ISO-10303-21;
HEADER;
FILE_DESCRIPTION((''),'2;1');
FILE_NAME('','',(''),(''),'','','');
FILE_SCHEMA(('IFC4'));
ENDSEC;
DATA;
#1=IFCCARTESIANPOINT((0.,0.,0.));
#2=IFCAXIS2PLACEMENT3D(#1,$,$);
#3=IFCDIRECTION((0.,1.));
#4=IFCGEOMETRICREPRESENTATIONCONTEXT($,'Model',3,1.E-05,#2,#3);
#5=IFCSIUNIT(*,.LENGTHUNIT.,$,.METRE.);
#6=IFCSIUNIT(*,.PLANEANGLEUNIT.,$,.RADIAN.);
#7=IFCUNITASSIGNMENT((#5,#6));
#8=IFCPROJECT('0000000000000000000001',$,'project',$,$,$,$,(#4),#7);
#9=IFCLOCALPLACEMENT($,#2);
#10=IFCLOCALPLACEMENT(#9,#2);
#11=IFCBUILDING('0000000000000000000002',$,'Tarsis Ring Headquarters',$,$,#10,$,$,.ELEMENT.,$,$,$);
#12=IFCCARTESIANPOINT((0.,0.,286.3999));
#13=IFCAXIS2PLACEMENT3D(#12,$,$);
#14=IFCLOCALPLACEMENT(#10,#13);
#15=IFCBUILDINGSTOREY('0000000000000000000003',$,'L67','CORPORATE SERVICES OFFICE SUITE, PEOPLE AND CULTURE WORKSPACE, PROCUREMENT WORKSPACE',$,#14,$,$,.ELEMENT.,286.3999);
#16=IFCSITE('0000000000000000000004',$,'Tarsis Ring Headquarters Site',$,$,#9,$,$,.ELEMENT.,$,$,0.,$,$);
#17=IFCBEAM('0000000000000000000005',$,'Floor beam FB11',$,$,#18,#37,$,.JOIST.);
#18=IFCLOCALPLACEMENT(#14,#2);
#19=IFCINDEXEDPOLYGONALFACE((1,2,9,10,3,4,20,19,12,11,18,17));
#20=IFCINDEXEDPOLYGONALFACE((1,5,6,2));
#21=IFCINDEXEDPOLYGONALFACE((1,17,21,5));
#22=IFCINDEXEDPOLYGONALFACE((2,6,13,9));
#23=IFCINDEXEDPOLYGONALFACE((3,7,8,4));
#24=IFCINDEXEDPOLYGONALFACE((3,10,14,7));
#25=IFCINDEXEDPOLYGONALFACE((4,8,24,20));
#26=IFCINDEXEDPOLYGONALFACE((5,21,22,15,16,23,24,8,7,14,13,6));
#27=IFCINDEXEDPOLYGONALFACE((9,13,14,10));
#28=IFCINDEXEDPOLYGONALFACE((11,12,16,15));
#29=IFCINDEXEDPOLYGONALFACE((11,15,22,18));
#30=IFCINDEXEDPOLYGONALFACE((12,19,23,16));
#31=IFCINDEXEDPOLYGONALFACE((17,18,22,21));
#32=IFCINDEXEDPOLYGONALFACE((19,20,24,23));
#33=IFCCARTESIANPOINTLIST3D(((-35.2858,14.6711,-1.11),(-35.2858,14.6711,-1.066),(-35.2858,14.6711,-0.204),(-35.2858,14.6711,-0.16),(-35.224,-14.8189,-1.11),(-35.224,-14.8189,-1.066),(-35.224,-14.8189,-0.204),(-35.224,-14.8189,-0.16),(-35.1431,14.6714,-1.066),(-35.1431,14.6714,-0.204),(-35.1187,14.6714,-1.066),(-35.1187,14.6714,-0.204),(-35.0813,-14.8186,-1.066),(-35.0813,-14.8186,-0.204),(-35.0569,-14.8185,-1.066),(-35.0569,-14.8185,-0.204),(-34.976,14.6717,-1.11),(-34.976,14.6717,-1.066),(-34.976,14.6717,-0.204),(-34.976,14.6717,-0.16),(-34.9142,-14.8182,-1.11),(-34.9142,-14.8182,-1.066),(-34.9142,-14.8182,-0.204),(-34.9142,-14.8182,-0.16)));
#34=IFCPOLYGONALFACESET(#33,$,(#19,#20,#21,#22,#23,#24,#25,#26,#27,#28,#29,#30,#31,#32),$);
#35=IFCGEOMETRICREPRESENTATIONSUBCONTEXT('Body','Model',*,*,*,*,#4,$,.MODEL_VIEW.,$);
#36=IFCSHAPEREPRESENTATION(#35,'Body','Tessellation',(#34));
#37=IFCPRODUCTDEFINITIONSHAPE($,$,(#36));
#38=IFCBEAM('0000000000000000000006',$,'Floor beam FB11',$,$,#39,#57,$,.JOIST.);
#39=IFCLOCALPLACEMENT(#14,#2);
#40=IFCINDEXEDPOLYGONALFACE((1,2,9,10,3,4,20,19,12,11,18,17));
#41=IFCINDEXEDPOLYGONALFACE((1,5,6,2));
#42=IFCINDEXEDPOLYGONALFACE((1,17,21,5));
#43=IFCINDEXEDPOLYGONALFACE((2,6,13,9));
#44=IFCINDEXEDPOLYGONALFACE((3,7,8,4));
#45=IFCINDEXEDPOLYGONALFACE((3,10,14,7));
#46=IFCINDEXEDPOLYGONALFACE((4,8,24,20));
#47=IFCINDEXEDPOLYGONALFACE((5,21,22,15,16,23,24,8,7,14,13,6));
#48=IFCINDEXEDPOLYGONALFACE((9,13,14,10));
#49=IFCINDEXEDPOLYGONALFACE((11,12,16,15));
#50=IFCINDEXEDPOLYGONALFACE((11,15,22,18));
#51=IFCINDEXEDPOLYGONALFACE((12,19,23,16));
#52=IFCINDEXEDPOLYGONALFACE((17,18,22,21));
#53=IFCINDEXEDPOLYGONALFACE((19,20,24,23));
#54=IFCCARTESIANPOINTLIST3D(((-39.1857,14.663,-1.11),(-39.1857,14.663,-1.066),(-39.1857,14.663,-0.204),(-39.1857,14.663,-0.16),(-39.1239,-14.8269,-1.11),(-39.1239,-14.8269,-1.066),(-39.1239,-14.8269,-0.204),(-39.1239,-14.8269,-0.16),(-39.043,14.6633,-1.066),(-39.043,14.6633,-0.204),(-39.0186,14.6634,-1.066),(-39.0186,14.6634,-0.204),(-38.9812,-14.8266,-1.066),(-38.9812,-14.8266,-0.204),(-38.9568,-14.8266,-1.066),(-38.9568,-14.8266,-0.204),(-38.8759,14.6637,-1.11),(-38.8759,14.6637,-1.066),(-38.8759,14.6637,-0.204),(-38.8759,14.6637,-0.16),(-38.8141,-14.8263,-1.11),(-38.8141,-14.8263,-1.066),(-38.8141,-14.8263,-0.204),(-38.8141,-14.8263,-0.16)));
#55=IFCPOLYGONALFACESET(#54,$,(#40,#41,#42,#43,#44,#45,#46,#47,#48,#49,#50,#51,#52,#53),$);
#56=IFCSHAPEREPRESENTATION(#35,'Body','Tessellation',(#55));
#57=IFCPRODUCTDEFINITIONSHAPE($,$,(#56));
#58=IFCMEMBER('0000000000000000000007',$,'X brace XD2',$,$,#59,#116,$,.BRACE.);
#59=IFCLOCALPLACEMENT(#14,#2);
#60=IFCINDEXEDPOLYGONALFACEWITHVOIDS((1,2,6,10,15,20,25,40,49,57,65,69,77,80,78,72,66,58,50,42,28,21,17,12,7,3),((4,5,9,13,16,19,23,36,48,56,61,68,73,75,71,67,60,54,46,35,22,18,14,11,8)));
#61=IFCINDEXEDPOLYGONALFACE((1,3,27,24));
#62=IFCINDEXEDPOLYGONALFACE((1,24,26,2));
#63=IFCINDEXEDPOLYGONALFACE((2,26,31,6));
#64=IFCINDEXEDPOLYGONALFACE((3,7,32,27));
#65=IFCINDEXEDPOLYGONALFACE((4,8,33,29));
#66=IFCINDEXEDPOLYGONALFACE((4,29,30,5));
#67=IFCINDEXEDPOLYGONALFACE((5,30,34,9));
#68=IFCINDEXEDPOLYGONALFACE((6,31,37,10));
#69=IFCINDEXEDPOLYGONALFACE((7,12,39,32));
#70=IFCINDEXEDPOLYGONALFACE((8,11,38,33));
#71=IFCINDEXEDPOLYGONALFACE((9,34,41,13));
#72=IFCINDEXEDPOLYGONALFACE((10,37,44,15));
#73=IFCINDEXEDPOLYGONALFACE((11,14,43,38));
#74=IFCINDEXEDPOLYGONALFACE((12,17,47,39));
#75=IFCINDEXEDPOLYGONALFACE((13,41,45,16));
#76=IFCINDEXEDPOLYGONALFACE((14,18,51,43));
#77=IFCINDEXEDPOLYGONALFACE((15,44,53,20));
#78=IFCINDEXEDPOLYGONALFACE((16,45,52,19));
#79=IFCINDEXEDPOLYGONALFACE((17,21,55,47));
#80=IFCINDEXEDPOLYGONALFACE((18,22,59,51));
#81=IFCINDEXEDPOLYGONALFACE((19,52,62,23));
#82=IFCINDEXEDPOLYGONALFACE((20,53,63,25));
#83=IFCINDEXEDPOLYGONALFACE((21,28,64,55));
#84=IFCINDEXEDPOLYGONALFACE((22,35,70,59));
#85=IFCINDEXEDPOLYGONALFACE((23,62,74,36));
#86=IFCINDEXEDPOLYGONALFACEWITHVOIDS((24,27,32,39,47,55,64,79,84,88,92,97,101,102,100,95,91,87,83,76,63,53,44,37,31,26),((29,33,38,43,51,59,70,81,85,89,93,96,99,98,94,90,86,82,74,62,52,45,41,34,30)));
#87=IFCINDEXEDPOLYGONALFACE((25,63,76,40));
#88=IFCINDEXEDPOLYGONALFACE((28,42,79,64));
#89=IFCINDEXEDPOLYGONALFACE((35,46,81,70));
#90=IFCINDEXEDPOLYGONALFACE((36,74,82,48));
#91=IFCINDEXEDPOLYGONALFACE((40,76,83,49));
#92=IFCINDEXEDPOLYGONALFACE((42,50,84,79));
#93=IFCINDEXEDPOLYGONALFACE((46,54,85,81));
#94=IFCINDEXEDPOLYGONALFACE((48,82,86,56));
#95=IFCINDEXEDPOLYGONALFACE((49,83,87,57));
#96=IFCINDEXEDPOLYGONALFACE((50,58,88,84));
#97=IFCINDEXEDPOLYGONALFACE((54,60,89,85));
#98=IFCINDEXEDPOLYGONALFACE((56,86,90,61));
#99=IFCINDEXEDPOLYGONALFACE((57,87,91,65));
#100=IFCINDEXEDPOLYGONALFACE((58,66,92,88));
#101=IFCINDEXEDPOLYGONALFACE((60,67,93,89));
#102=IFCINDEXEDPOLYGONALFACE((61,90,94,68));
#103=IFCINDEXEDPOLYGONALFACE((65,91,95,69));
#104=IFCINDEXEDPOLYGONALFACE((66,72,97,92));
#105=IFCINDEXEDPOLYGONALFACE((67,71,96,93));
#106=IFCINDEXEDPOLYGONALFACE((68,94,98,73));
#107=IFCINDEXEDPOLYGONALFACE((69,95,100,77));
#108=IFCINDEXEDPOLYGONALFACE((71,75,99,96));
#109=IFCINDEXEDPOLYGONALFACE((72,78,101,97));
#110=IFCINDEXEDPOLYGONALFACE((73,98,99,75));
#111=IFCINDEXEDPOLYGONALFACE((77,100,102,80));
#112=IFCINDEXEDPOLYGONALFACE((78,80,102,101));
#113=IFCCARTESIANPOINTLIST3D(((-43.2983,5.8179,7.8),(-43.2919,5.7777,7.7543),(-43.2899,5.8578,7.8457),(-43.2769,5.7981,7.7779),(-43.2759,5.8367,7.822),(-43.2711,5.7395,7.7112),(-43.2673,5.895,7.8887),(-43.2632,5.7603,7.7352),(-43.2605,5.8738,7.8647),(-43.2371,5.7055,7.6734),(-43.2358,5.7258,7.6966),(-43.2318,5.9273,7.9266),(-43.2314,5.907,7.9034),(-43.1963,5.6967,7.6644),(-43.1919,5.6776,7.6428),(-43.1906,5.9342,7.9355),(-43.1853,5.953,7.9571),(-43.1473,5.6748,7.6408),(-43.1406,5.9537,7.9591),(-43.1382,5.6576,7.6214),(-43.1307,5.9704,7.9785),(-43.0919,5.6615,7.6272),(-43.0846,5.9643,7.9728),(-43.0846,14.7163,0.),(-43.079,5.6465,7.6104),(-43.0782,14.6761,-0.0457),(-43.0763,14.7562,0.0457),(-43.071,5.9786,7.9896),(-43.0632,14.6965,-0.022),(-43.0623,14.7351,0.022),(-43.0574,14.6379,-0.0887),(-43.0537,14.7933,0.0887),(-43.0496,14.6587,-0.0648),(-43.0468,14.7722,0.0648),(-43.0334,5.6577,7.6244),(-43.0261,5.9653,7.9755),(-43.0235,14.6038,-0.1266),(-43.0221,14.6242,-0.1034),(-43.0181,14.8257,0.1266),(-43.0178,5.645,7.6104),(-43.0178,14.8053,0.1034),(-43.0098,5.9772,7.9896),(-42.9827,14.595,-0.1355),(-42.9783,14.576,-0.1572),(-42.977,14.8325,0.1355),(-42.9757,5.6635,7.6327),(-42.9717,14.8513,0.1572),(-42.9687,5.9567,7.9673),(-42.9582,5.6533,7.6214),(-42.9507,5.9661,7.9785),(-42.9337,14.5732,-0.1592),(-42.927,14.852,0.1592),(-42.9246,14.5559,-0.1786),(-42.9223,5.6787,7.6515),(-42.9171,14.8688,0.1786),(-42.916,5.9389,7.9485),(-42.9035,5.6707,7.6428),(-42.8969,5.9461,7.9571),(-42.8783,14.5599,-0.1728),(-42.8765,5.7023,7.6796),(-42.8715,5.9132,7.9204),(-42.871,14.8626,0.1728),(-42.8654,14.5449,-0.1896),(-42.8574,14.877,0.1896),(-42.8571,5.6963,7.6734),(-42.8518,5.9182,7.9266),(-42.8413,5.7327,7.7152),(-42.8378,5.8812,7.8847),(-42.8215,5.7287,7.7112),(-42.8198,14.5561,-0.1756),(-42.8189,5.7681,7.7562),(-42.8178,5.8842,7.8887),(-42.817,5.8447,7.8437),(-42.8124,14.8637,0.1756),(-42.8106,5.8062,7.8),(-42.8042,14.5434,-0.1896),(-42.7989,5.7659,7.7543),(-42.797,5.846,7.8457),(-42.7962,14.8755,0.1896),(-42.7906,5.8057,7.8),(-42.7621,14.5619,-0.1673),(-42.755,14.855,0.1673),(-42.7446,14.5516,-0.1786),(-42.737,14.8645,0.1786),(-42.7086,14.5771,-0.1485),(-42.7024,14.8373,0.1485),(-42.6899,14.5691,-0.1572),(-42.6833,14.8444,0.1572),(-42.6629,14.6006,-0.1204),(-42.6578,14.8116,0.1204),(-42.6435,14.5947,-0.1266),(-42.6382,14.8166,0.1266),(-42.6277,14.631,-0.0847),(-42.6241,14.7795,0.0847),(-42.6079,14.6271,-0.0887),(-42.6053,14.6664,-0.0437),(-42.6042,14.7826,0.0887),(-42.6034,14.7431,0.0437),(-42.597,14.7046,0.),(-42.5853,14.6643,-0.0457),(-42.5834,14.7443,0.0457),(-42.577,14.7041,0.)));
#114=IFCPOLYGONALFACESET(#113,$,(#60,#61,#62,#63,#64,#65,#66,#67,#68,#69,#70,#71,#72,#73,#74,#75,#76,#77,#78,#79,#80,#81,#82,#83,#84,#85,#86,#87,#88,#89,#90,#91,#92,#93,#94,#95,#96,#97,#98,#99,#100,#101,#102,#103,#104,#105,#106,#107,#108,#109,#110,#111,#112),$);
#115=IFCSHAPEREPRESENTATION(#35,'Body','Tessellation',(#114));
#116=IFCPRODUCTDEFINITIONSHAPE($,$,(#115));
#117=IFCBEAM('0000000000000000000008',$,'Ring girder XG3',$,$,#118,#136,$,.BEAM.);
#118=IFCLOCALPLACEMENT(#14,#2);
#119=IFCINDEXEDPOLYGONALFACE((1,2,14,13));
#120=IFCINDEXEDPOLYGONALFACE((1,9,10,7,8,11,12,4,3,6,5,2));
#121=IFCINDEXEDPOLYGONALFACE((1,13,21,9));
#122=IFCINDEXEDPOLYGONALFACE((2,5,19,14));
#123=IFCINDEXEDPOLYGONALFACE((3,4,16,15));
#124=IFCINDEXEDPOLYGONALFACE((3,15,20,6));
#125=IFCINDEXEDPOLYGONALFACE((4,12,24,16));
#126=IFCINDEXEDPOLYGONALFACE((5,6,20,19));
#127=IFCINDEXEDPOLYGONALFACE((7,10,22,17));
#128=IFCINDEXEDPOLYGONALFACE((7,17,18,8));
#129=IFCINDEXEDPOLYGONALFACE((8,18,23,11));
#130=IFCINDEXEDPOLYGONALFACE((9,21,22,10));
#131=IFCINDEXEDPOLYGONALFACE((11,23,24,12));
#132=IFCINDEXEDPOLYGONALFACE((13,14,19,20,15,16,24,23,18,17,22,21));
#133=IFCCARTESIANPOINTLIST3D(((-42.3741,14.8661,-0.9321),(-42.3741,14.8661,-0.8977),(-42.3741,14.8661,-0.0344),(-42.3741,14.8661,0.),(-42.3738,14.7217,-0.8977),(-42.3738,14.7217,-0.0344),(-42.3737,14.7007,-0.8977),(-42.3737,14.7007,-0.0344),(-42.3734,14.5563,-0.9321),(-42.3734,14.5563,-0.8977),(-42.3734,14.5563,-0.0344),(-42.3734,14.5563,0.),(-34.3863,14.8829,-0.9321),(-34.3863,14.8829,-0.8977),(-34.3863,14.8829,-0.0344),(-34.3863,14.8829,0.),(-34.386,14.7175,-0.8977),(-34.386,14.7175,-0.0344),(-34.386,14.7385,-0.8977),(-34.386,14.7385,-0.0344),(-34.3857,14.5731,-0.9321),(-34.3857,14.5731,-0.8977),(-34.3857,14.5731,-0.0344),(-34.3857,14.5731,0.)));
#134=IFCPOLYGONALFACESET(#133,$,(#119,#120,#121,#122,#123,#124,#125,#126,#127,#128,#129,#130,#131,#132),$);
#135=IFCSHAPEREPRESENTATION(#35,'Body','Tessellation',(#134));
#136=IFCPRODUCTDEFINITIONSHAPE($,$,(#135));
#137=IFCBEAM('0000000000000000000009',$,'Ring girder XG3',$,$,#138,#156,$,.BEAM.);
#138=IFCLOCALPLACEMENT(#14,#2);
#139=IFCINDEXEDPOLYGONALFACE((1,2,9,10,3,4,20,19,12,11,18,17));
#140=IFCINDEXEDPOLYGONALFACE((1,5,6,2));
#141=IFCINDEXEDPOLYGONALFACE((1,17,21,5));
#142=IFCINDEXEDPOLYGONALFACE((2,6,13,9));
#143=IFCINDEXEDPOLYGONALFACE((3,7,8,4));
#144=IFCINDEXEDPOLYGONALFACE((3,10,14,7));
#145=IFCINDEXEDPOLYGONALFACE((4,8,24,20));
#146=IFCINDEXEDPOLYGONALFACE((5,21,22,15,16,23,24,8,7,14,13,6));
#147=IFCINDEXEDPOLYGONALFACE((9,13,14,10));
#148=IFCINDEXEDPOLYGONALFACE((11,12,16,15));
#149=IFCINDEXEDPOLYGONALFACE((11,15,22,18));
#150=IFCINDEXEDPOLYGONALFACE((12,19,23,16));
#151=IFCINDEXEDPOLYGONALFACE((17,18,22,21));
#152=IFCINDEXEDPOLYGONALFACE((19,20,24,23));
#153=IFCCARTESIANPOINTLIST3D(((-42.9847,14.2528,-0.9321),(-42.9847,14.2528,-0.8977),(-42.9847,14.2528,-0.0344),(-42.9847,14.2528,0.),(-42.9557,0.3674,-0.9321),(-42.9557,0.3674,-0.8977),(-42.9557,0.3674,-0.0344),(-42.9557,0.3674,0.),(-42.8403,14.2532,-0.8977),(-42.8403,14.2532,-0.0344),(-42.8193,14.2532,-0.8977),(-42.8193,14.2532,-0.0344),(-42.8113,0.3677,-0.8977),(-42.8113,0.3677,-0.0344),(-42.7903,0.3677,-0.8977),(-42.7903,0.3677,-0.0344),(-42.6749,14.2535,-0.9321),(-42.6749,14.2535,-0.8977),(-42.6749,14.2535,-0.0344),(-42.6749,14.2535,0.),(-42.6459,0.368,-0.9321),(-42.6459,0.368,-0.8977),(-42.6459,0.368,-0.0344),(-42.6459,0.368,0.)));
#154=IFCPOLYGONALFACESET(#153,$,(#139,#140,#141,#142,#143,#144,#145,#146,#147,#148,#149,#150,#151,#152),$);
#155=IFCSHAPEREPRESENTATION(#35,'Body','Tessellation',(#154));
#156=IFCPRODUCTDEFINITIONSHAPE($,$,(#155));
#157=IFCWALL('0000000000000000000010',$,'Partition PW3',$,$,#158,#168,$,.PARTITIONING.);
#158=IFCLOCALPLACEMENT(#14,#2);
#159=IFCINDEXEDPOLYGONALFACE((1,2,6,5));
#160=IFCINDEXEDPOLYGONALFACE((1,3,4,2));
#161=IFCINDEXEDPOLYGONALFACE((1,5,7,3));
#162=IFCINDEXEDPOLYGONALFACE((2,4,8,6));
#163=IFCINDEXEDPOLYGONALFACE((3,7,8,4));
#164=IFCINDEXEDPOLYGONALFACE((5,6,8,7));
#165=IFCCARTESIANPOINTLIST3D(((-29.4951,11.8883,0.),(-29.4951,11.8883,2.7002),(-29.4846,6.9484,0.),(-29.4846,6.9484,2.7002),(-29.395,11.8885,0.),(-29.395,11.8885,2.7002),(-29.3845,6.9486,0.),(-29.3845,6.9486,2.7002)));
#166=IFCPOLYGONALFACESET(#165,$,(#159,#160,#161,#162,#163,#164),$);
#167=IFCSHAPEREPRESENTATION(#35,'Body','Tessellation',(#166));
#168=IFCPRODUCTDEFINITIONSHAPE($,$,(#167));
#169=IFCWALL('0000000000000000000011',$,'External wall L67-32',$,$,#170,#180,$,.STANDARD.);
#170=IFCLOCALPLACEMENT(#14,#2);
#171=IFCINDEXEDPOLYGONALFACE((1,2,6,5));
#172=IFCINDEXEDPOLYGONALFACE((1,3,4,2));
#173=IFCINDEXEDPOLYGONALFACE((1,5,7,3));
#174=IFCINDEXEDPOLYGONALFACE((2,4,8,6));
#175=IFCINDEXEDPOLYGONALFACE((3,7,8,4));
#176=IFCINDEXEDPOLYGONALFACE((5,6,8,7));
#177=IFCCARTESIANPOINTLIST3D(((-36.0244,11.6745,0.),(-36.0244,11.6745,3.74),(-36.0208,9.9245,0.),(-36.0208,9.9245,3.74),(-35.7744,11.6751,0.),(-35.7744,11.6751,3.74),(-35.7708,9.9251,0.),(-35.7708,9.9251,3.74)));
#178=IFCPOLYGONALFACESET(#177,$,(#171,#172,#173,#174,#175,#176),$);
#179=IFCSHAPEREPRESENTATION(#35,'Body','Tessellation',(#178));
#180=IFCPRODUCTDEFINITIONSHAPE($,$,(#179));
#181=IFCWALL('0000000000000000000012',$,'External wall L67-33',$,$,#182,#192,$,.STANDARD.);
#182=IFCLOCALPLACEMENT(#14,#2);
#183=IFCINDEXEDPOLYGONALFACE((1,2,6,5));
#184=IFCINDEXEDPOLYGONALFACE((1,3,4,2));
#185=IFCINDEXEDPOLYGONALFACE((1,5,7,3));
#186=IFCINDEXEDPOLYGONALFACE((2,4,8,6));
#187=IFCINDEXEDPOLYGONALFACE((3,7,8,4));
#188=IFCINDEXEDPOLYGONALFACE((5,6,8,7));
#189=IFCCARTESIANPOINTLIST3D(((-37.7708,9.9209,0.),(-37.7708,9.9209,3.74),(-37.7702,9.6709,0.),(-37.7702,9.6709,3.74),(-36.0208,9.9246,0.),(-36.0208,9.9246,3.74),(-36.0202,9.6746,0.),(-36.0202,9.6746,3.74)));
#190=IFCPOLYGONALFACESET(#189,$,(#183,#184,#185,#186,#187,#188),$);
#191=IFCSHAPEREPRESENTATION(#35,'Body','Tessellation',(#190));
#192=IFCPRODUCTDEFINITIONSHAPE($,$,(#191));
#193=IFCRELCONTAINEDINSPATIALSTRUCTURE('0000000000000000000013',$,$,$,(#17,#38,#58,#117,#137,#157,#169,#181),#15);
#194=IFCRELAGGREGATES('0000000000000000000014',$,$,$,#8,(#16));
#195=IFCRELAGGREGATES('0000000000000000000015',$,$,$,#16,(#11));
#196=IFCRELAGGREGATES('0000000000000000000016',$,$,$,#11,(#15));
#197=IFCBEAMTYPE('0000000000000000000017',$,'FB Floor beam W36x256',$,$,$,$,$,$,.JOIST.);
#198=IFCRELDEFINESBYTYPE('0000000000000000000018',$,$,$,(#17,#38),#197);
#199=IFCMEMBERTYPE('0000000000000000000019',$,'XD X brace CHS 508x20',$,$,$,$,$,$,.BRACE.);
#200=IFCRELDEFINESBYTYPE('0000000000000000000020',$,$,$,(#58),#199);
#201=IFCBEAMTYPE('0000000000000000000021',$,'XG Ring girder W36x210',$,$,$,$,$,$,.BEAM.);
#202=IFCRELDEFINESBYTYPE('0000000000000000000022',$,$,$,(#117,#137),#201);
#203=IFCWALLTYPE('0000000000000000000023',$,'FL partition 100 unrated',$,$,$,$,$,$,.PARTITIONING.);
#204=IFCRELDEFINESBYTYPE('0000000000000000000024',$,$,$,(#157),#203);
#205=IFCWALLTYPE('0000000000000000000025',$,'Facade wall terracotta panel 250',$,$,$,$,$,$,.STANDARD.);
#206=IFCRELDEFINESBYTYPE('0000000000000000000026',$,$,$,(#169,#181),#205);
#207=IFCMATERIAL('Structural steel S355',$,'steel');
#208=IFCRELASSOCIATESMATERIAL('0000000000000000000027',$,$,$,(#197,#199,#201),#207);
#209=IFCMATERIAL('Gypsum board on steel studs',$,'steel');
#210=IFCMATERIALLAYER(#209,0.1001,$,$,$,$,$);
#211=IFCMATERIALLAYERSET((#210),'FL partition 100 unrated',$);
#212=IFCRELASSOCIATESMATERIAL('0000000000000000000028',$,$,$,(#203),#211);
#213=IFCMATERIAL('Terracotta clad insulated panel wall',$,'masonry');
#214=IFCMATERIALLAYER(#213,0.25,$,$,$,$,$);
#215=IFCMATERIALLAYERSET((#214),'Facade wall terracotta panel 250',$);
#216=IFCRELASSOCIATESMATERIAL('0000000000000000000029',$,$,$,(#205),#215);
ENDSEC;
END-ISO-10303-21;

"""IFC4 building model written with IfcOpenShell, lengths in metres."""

from ifc_helpers import new_model, si_unit, direction, frame, frame_2d, origin, origin_2d, place, context, subcontext, project, spatial, rectangle, hollow_circle, i_section, extrude, material, layer, layer_set, material_profile, profile_set, type_object, element, save


model = new_model("IFC4")

# Units and contexts
model_context = context("Model", 3, precision=1e-05, world=origin(), true_north=direction((0.0, 1.0)))
body_context = subcontext(model_context, "Body", "Model", "MODEL_VIEW")
ifc_project = project(units=[si_unit("LENGTHUNIT", "METRE"), si_unit("PLANEANGLEUNIT", "RADIAN")], contexts=[model_context])

# Site, building, storey
site_placement = place(None, origin())
site = spatial("IfcSite", under=ifc_project, at=site_placement, Name="Tarsis Ring Headquarters Site", CompositionType="ELEMENT", RefElevation=0.0)
building_placement = place(site_placement, origin())
building = spatial("IfcBuilding", under=site, at=building_placement, Name="Tarsis Ring Headquarters", CompositionType="ELEMENT")
storey_placement = place(building_placement, frame((0.0, 0.0, 286.3999)))
storey = spatial("IfcBuildingStorey", under=building, at=storey_placement, Name="L67", Description="CORPORATE SERVICES OFFICE SUITE, PEOPLE AND CULTURE WORKSPACE, PROCUREMENT WORKSPACE", CompositionType="ELEMENT", Elevation=286.3999)

# Shared definitions
ifc_material_1 = material(Name="Structural steel S355", Category="steel")

# Beams
ifc_material_profile_1 = material_profile(ifc_material_1, i_section(OverallWidth=0.3098, OverallDepth=0.95, WebThickness=0.0244, FlangeThickness=0.0439, at=origin_2d()), Name="W36x256")
ifc_profile_set_1 = profile_set([ifc_material_profile_1], Name="Structural steel S355")
beam_type_1 = type_object("IfcBeamType", Name="FB Floor beam W36x256", PredefinedType="JOIST", material=ifc_profile_set_1)
for number, where, z_axis, x_axis, name in (
    (1, (-35.1309, 14.6714, -0.635), (0.002095, -0.999998, 0.0), (0.999998, 0.002095, 0.0), "Floor beam FB11"),
    (2, (-39.0308, 14.6633, -0.635), (0.002095, -0.999998, 0.0), (0.999998, 0.002095, 0.0), "Floor beam FB11"),
):
    element("IfcBeam", number, at=place(storey_placement, frame(where, z_axis=z_axis, x_axis=x_axis)), inside=storey, type_object=beam_type_1, Name=name, PredefinedType="JOIST", context=body_context, shape_type="SweptSolid", body=[
        extrude(i_section(OverallWidth=0.3098, OverallDepth=0.95, WebThickness=0.0244, FlangeThickness=0.0439, at=origin_2d()), origin(), (0.0, 0.0, 1.0), 29.49),
    ])

# Member
ifc_material_profile_2 = material_profile(ifc_material_1, hollow_circle(Radius=0.2539, WallThickness=0.02, at=origin_2d()), Name="CHS 508x20")
ifc_profile_set_2 = profile_set([ifc_material_profile_2], Name="Structural steel S355")
member_type = type_object("IfcMemberType", Name="XD X brace CHS 508x20", PredefinedType="BRACE", material=ifc_profile_set_2)
member_placement = place(storey_placement, frame((-42.8308, 14.7102, 0.0), z_axis=(-0.01805, -0.751871, 0.659063), x_axis=(0.999712, -0.024, 0.0)))
element("IfcMember", 3, at=member_placement, inside=storey, type_object=member_type, Name="X brace XD2", PredefinedType="BRACE", context=body_context, shape_type="SweptSolid", body=[
    extrude(hollow_circle(Radius=0.2539, WallThickness=0.02, at=origin_2d()), origin(), (0.0, 0.0, 1.0), 11.835),
])

# Beams
ifc_material_profile_3 = material_profile(ifc_material_1, i_section(OverallWidth=0.3098, OverallDepth=0.9321, WebThickness=0.021, FlangeThickness=0.0344, at=origin_2d()), Name="W36x210")
ifc_profile_set_3 = profile_set([ifc_material_profile_3], Name="Structural steel S355")
beam_type_2 = type_object("IfcBeamType", Name="XG Ring girder W36x210", PredefinedType="BEAM", material=ifc_profile_set_3)
beam_1_placement = place(storey_placement, frame((-34.386, 14.728, -0.4661), z_axis=(-0.999998, -0.002109, 0.0), x_axis=(0.002109, -0.999998, 0.0)))
element("IfcBeam", 4, at=beam_1_placement, inside=storey, type_object=beam_type_2, Name="Ring girder XG3", PredefinedType="BEAM", context=body_context, shape_type="SweptSolid", body=[
    extrude(i_section(OverallWidth=0.3098, OverallDepth=0.9321, WebThickness=0.021, FlangeThickness=0.0344, at=origin_2d()), origin(), (0.0, 0.0, 1.0), 7.9878),
])
beam_2_placement = place(storey_placement, frame((-42.8298, 14.2532, -0.4661), z_axis=(0.002092, -0.999998, 0.0), x_axis=(0.999998, 0.002092, 0.0)))
element("IfcBeam", 5, at=beam_2_placement, inside=storey, type_object=beam_type_2, Name="Ring girder XG3", PredefinedType="BEAM", context=body_context, shape_type="SweptSolid", body=[
    extrude(i_section(OverallWidth=0.3098, OverallDepth=0.9321, WebThickness=0.021, FlangeThickness=0.0344, at=origin_2d()), origin(), (0.0, 0.0, 1.0), 13.8855),
])

# Walls
ifc_material_2 = material(Name="Gypsum board on steel studs", Category="steel")
ifc_layer_1 = layer(ifc_material_2, 0.1001)
ifc_layer_set_1 = layer_set([ifc_layer_1], Name="FL partition 100 unrated")
wall_type_1 = type_object("IfcWallType", Name="FL partition 100 unrated", PredefinedType="PARTITIONING", material=ifc_layer_set_1)
wall_placement = place(storey_placement, frame((-29.4451, 11.8884, 0.0), z_axis=(0.0, 0.0, 1.0), x_axis=(0.002125, -0.999998, 0.0)))
element("IfcWall", 6, at=wall_placement, inside=storey, type_object=wall_type_1, Name="Partition PW3", PredefinedType="PARTITIONING", context=body_context, shape_type="SweptSolid", body=[
    extrude(rectangle(XDim=4.9399, YDim=0.1001, at=frame_2d((2.47, 0.0))), origin(), (0.0, 0.0, 1.0), 2.7002),
])
ifc_material_3 = material(Name="Terracotta clad insulated panel wall", Category="masonry")
ifc_layer_2 = layer(ifc_material_3, 0.25)
ifc_layer_set_2 = layer_set([ifc_layer_2], Name="Facade wall terracotta panel 250")
wall_type_2 = type_object("IfcWallType", Name="Facade wall terracotta panel 250", PredefinedType="STANDARD", material=ifc_layer_set_2)
for number, where, z_axis, x_axis, name in (
    (7, (-35.8994, 11.6748, 0.0), (0.0, 0.0, 1.0), (0.002093, -0.999998, 0.0), "External wall L67-32"),
    (8, (-36.0205, 9.7996, 0.0), (0.0, 0.0, 1.0), (-0.999998, -0.002093, 0.0), "External wall L67-33"),
):
    element("IfcWall", number, at=place(storey_placement, frame(where, z_axis=z_axis, x_axis=x_axis)), inside=storey, type_object=wall_type_2, Name=name, PredefinedType="STANDARD", context=body_context, shape_type="SweptSolid", body=[
        extrude(rectangle(XDim=1.75, YDim=0.25, at=frame_2d((0.875, 0.0))), origin(), (0.0, 0.0, 1.0), 3.74),
    ])

save(model, "model.ifc")
